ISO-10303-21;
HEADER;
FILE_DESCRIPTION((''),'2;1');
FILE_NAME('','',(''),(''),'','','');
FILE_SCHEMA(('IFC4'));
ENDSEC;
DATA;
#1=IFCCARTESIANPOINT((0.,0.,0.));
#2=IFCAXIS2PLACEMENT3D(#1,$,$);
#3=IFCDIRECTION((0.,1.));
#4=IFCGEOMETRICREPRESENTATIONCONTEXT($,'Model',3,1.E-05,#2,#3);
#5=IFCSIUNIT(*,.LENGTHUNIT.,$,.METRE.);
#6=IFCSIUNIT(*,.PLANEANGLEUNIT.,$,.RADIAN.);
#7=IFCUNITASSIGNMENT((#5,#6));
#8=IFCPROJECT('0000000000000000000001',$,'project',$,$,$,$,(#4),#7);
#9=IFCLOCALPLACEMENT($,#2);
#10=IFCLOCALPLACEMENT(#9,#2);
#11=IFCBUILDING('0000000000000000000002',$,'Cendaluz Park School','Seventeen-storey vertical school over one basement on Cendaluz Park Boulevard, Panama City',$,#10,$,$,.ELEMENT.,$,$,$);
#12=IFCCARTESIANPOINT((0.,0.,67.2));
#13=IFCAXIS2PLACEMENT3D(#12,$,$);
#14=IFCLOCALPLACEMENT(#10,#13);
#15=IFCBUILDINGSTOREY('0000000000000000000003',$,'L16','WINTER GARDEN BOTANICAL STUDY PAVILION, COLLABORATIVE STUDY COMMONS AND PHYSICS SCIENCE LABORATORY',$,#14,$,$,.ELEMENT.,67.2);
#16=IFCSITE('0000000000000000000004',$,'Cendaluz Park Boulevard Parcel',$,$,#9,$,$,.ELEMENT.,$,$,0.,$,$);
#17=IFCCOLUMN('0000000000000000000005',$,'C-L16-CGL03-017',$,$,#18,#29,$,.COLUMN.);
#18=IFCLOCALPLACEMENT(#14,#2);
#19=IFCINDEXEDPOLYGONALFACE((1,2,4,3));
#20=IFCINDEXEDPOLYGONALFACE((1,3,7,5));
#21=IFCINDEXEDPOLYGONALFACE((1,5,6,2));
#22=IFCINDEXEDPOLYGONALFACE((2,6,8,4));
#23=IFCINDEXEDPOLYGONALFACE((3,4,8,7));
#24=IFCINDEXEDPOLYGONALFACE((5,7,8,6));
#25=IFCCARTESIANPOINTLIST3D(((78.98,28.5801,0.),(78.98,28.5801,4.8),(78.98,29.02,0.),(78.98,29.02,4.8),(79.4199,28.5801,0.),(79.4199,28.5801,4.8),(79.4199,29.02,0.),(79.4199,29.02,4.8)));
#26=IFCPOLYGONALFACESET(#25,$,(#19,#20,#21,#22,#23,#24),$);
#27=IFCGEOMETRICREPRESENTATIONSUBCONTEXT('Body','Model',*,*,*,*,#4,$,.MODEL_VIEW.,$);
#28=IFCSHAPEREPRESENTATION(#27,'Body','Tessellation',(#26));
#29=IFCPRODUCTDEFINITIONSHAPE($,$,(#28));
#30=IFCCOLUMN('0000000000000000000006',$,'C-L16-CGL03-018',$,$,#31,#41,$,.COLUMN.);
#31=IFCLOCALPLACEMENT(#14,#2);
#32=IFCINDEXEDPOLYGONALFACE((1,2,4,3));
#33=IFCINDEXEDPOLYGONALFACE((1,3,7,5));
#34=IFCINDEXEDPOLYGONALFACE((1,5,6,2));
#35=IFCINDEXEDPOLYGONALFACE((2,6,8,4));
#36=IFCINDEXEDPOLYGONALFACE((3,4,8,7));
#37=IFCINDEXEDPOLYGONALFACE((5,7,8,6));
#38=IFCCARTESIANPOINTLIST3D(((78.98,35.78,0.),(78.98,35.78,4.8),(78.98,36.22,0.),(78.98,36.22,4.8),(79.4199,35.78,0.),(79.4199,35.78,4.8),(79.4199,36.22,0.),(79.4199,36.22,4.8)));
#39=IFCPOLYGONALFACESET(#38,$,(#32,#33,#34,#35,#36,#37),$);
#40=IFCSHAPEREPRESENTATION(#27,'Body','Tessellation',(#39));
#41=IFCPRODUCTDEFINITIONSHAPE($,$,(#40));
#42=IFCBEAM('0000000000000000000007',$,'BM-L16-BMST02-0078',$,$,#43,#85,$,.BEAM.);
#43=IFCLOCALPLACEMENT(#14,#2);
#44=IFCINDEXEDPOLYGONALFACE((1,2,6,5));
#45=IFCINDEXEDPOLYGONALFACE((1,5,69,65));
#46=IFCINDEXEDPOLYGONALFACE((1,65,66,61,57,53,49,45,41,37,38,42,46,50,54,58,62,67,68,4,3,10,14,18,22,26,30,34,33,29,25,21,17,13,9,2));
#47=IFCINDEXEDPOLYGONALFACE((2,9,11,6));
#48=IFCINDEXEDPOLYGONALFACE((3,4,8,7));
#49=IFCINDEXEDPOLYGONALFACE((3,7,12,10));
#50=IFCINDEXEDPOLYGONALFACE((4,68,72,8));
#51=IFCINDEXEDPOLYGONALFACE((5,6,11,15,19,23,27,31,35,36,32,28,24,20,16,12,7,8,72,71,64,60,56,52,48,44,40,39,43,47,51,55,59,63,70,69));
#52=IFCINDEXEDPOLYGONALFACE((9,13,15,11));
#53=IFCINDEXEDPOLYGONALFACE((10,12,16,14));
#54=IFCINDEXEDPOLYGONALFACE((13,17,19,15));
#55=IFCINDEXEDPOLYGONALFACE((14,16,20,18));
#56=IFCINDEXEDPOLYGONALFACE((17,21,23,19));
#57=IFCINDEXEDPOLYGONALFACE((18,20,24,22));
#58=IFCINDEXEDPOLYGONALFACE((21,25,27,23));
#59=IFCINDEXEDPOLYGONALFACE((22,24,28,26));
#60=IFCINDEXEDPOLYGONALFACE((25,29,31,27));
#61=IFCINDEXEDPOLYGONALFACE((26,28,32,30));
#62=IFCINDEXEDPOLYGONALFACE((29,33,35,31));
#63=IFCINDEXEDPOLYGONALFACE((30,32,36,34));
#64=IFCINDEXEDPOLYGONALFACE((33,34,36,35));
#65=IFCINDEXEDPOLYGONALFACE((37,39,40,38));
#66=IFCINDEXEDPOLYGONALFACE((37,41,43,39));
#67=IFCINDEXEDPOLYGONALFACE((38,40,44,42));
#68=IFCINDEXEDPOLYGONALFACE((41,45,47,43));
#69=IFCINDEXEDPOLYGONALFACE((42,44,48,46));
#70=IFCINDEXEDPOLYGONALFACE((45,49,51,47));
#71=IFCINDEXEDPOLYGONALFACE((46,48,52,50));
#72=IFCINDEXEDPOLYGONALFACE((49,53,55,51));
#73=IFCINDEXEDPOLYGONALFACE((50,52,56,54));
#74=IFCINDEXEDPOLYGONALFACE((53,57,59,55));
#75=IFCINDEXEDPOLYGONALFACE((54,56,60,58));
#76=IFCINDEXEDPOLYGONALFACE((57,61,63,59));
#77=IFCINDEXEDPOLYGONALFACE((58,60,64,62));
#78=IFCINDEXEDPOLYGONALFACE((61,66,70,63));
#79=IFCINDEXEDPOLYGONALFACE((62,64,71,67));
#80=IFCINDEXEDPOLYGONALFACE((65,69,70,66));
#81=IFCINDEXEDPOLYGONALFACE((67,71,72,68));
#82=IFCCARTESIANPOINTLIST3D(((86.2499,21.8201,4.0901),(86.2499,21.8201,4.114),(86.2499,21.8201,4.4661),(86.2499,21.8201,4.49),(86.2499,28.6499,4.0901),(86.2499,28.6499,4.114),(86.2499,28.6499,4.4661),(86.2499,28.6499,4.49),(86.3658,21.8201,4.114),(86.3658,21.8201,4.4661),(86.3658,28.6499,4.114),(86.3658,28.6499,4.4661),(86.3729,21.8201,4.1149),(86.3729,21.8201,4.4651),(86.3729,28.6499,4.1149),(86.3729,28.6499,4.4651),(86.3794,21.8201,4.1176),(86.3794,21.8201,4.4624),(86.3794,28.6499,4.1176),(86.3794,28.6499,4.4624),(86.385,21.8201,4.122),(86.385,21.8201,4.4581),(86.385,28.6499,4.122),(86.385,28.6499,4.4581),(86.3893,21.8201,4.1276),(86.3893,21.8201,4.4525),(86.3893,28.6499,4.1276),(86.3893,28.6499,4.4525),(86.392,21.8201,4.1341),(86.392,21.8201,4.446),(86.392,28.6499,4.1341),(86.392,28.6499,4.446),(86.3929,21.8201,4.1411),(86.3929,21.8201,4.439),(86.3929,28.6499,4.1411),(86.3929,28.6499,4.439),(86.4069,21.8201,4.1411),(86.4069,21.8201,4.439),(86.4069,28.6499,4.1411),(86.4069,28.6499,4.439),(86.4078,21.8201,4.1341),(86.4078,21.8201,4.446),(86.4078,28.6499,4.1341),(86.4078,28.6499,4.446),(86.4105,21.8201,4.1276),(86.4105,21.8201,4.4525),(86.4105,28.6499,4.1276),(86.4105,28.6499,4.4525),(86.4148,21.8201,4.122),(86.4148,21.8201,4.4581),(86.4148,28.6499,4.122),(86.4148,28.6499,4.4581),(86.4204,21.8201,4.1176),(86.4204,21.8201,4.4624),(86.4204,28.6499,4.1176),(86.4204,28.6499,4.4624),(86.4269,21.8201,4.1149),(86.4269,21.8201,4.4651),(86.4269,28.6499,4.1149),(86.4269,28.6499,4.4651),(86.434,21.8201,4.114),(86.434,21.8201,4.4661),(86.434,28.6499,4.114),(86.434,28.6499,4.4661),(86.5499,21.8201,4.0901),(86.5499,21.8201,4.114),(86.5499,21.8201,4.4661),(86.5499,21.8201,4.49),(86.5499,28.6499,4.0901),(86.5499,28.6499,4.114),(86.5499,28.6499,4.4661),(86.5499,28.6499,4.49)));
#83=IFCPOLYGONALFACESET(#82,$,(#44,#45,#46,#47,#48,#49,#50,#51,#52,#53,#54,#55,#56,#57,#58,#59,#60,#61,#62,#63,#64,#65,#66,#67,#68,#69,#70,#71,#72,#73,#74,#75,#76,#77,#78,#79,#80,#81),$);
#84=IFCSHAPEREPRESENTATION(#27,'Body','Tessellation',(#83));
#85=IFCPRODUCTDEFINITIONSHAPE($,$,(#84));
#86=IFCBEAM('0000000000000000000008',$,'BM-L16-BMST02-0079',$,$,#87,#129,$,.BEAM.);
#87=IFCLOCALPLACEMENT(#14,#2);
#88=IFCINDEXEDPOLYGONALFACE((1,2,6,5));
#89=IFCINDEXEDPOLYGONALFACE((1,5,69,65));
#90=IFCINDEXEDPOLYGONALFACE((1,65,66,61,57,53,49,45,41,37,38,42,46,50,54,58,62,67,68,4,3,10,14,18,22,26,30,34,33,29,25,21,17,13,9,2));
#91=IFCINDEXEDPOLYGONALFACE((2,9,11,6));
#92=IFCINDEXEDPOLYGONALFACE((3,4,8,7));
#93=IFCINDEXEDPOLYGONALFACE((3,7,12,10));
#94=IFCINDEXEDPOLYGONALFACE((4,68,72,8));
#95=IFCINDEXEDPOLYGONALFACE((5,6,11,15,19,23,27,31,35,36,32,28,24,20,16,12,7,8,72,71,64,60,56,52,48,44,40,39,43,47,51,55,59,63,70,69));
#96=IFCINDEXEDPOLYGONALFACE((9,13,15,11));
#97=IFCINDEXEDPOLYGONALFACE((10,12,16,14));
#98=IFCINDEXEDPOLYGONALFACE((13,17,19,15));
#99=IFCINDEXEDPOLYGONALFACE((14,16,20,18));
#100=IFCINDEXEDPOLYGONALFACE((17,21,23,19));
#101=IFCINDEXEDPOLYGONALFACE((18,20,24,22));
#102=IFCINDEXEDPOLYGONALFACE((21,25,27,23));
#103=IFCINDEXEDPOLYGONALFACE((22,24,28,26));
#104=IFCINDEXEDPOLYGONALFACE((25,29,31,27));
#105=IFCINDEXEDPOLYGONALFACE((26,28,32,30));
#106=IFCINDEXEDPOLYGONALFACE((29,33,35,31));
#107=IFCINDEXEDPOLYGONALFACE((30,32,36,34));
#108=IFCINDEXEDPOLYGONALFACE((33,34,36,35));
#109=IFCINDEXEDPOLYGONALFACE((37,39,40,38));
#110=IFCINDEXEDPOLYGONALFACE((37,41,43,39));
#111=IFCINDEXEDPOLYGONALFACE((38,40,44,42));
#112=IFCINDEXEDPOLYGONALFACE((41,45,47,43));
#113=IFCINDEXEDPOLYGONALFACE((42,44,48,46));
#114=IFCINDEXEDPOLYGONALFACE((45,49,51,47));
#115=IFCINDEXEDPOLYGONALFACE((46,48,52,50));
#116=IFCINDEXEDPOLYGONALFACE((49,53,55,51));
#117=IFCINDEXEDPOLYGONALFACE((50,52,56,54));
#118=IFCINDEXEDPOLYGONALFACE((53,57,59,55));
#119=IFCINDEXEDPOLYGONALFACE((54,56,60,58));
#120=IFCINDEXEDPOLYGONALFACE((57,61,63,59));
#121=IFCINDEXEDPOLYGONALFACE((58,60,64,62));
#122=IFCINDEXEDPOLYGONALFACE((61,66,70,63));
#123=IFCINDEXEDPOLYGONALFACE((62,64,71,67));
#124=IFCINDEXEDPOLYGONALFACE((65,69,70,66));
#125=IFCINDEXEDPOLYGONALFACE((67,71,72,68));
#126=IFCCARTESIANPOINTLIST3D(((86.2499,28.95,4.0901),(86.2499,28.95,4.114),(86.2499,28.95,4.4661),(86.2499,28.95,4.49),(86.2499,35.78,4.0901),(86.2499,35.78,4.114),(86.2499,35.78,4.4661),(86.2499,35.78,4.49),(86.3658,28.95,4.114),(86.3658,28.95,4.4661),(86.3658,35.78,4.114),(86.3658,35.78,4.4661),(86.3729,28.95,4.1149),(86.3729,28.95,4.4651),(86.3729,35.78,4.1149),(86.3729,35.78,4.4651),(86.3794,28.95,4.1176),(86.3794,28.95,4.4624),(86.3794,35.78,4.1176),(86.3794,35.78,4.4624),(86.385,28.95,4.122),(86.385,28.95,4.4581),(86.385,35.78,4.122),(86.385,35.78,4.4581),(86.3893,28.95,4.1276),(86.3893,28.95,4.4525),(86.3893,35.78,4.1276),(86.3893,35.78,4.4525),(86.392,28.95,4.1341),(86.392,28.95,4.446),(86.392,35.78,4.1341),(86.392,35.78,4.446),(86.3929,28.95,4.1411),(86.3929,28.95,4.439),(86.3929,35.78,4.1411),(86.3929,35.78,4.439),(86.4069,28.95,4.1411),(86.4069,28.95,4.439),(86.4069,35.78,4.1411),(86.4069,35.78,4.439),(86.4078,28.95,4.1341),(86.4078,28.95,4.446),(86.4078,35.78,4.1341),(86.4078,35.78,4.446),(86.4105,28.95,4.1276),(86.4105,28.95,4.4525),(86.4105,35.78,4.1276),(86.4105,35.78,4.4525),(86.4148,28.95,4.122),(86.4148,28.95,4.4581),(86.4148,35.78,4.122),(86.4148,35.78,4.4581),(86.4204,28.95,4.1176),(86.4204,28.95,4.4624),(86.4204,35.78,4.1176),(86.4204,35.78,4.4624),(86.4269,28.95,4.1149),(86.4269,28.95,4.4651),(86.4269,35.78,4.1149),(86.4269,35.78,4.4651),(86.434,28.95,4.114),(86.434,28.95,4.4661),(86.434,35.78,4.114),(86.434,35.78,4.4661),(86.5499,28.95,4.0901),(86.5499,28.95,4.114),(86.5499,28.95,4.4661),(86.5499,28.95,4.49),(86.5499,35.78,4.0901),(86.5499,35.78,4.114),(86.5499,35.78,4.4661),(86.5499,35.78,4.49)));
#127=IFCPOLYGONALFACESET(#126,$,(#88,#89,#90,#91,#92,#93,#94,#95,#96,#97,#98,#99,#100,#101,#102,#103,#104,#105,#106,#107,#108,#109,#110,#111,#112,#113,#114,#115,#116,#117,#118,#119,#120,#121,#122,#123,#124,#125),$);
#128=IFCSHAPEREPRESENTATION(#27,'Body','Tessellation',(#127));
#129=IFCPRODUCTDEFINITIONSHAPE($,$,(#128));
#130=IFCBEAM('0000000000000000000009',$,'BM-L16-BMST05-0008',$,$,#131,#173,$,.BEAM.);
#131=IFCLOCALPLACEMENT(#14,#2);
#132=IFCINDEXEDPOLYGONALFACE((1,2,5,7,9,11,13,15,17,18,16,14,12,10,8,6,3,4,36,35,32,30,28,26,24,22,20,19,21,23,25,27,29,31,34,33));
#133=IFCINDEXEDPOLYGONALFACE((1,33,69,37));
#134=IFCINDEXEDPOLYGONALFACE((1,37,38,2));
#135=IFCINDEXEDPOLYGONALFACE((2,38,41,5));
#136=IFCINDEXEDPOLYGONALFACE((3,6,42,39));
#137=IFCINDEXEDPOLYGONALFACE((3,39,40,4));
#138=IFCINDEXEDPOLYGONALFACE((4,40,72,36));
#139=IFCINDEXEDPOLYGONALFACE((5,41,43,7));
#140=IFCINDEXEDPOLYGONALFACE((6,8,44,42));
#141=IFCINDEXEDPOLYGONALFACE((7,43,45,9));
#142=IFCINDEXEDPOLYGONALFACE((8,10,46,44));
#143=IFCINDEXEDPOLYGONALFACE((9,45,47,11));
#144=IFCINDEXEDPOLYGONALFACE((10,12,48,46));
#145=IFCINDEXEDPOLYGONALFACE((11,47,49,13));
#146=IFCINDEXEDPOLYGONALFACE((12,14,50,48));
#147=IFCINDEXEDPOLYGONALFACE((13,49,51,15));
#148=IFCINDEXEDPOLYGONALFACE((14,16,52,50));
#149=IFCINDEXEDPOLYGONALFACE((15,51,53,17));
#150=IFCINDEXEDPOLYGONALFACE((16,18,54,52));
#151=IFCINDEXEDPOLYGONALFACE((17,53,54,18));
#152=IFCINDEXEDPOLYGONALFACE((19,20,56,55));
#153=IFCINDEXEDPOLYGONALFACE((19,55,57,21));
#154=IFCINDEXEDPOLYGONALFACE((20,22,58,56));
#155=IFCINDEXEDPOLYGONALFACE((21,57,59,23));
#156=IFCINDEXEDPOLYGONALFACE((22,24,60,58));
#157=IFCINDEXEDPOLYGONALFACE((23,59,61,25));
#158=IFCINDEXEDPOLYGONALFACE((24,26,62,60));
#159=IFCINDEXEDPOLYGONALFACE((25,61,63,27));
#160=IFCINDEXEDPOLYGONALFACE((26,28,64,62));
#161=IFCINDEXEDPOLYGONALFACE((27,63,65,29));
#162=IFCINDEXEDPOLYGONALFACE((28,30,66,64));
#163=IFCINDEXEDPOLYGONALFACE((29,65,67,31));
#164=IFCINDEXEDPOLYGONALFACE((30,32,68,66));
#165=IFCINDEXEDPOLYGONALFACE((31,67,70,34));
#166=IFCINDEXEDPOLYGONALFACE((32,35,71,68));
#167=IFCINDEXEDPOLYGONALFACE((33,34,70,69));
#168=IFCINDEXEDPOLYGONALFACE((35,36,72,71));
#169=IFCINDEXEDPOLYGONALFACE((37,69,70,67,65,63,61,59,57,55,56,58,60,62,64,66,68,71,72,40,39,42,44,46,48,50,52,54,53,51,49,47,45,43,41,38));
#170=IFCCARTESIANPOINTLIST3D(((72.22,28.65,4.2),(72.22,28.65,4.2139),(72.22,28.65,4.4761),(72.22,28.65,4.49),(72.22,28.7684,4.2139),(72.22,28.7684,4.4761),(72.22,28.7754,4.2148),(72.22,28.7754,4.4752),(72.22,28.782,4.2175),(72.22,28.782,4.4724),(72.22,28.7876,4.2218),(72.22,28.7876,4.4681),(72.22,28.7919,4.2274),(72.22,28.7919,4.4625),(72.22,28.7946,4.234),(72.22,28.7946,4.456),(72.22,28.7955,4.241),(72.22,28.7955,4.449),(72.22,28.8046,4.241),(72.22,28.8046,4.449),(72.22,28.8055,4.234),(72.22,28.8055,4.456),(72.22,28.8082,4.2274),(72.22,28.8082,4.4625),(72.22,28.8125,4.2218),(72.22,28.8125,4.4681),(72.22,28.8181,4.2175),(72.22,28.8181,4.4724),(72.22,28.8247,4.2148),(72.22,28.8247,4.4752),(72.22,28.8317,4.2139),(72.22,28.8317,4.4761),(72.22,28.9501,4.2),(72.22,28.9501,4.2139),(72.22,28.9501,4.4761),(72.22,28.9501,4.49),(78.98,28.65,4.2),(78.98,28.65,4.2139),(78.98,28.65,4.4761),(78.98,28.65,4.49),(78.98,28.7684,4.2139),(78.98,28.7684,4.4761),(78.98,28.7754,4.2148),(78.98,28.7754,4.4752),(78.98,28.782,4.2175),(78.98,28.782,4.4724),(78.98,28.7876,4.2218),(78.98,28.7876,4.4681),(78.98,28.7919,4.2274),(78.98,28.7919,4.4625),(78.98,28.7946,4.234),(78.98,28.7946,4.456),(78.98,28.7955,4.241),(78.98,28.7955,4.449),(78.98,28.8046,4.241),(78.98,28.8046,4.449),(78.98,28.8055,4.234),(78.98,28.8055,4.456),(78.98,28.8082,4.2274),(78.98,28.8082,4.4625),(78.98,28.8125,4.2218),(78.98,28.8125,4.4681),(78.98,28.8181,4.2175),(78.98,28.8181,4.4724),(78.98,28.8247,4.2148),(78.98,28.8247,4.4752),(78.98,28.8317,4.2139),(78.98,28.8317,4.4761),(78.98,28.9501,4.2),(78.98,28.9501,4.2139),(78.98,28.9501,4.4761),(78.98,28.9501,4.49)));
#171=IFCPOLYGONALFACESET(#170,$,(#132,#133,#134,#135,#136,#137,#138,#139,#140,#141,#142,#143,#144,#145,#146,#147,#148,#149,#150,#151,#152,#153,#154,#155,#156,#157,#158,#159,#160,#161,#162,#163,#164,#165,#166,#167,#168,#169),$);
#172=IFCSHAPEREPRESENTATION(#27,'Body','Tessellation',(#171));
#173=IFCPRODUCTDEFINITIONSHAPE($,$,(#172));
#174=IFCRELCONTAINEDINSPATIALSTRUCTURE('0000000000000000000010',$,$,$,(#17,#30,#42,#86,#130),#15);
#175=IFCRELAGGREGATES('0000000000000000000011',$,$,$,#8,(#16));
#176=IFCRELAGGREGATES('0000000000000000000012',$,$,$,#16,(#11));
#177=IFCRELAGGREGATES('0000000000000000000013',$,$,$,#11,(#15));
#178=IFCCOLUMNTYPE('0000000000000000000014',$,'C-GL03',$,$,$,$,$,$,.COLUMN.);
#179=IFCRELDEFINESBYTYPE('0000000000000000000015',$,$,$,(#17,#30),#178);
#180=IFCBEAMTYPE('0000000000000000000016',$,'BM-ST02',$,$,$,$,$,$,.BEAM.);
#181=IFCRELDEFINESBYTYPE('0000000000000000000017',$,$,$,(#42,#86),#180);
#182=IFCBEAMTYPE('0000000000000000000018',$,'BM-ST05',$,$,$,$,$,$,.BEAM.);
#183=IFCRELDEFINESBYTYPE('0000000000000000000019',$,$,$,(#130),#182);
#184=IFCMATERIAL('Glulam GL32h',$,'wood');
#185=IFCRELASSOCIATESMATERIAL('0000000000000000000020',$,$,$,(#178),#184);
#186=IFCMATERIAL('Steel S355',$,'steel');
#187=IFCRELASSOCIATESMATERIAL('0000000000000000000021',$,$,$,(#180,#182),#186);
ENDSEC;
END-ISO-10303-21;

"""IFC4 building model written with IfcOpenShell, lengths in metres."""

from ifc_helpers import new_model, si_unit, direction, frame, origin, origin_2d, place, context, subcontext, project, spatial, rectangle, i_section, extrude, material, material_profile, profile_set, type_object, element, save


model = new_model("IFC4")

# Units and contexts
model_context = context("Model", 3, precision=1e-05, world=origin(), true_north=direction((0.0, 1.0)))
body_context = subcontext(model_context, "Body", "Model", "MODEL_VIEW")
ifc_project = project(units=[si_unit("LENGTHUNIT", "METRE"), si_unit("PLANEANGLEUNIT", "RADIAN")], contexts=[model_context])

# Site, building, storey
site_placement = place(None, origin())
site = spatial("IfcSite", under=ifc_project, at=site_placement, Name="Cendaluz Park Boulevard Parcel", CompositionType="ELEMENT", RefElevation=0.0)
building_placement = place(site_placement, origin())
building = spatial("IfcBuilding", under=site, at=building_placement, Name="Cendaluz Park School", Description="Seventeen-storey vertical school over one basement on Cendaluz Park Boulevard, Panama City", CompositionType="ELEMENT")
storey_placement = place(building_placement, frame((0.0, 0.0, 67.2)))
storey = spatial("IfcBuildingStorey", under=building, at=storey_placement, Name="L16", Description="WINTER GARDEN BOTANICAL STUDY PAVILION, COLLABORATIVE STUDY COMMONS AND PHYSICS SCIENCE LABORATORY", CompositionType="ELEMENT", Elevation=67.2)

# Columns
ifc_material_1 = material(Name="Glulam GL32h", Category="wood")
ifc_material_profile_1 = material_profile(ifc_material_1, rectangle(XDim=0.4399, YDim=0.4399, at=origin_2d()), Name="GL32h 440x440", Category="wood")
ifc_profile_set_1 = profile_set([ifc_material_profile_1], Name="Glulam GL32h")
column_type = type_object("IfcColumnType", Name="C-GL03", PredefinedType="COLUMN", material=ifc_profile_set_1)
for number, where, z_axis, x_axis, name in (
    (1, (79.2, 28.8, 0.0), (0.0, 0.0, 1.0), (1.0, 0.0, 0.0), "C-L16-CGL03-017"),
    (2, (79.2, 36.0, 0.0), (0.0, 0.0, 1.0), (1.0, 0.0, 0.0), "C-L16-CGL03-018"),
):
    element("IfcColumn", number, at=place(storey_placement, frame(where, z_axis=z_axis, x_axis=x_axis)), inside=storey, type_object=column_type, Name=name, PredefinedType="COLUMN", context=body_context, shape_type="SweptSolid", body=[
        extrude(rectangle(XDim=0.4399, YDim=0.4399, at=origin_2d()), origin(), (0.0, 0.0, 1.0), 4.8),
    ])

# Beams
ifc_material_2 = material(Name="Steel S355", Category="steel")
ifc_material_profile_2 = material_profile(ifc_material_2, i_section(OverallWidth=0.3, OverallDepth=0.3999, WebThickness=0.0139, FlangeThickness=0.0239, FilletRadius=0.0271, at=origin_2d()), Name="HEB 400", Category="steel")
ifc_profile_set_2 = profile_set([ifc_material_profile_2], Name="Steel S355")
beam_type_1 = type_object("IfcBeamType", Name="BM-ST02", PredefinedType="BEAM", material=ifc_profile_set_2)
beam_1_placement = place(storey_placement, frame((86.3999, 21.8201, 4.29), z_axis=(0.0, 1.0, 0.0), x_axis=(-1.0, 0.0, 0.0)))
element("IfcBeam", 3, at=beam_1_placement, inside=storey, type_object=beam_type_1, Name="BM-L16-BMST02-0078", PredefinedType="BEAM", context=body_context, shape_type="SweptSolid", body=[
    extrude(i_section(OverallWidth=0.3, OverallDepth=0.3999, WebThickness=0.0139, FlangeThickness=0.0239, FilletRadius=0.0271, at=origin_2d()), origin(), (0.0, 0.0, 1.0), 6.8298),
])
beam_2_placement = place(storey_placement, frame((86.3999, 28.95, 4.29), z_axis=(0.0, 1.0, 0.0), x_axis=(-1.0, 0.0, 0.0)))
element("IfcBeam", 4, at=beam_2_placement, inside=storey, type_object=beam_type_1, Name="BM-L16-BMST02-0079", PredefinedType="BEAM", context=body_context, shape_type="SweptSolid", body=[
    extrude(i_section(OverallWidth=0.3, OverallDepth=0.3999, WebThickness=0.0139, FlangeThickness=0.0239, FilletRadius=0.0271, at=origin_2d()), origin(), (0.0, 0.0, 1.0), 6.8301),
])
ifc_material_profile_3 = material_profile(ifc_material_2, i_section(OverallWidth=0.3, OverallDepth=0.29, WebThickness=0.009, FlangeThickness=0.0139, FilletRadius=0.0271, at=origin_2d()), Name="HEA 300", Category="steel")
ifc_profile_set_3 = profile_set([ifc_material_profile_3], Name="Steel S355")
beam_type_2 = type_object("IfcBeamType", Name="BM-ST05", PredefinedType="BEAM", material=ifc_profile_set_3)
for number, where, z_axis, x_axis, name in (
    (5, (72.22, 28.8, 4.345), (1.0, 0.0, 0.0), (0.0, 1.0, 0.0), "BM-L16-BMST05-0008"),
):
    element("IfcBeam", number, at=place(storey_placement, frame(where, z_axis=z_axis, x_axis=x_axis)), inside=storey, type_object=beam_type_2, Name=name, PredefinedType="BEAM", context=body_context, shape_type="SweptSolid", body=[
        extrude(i_section(OverallWidth=0.3, OverallDepth=0.29, WebThickness=0.009, FlangeThickness=0.0139, FilletRadius=0.0271, at=origin_2d()), origin(), (0.0, 0.0, 1.0), 6.76),
    ])

save(model, "model.ifc")
